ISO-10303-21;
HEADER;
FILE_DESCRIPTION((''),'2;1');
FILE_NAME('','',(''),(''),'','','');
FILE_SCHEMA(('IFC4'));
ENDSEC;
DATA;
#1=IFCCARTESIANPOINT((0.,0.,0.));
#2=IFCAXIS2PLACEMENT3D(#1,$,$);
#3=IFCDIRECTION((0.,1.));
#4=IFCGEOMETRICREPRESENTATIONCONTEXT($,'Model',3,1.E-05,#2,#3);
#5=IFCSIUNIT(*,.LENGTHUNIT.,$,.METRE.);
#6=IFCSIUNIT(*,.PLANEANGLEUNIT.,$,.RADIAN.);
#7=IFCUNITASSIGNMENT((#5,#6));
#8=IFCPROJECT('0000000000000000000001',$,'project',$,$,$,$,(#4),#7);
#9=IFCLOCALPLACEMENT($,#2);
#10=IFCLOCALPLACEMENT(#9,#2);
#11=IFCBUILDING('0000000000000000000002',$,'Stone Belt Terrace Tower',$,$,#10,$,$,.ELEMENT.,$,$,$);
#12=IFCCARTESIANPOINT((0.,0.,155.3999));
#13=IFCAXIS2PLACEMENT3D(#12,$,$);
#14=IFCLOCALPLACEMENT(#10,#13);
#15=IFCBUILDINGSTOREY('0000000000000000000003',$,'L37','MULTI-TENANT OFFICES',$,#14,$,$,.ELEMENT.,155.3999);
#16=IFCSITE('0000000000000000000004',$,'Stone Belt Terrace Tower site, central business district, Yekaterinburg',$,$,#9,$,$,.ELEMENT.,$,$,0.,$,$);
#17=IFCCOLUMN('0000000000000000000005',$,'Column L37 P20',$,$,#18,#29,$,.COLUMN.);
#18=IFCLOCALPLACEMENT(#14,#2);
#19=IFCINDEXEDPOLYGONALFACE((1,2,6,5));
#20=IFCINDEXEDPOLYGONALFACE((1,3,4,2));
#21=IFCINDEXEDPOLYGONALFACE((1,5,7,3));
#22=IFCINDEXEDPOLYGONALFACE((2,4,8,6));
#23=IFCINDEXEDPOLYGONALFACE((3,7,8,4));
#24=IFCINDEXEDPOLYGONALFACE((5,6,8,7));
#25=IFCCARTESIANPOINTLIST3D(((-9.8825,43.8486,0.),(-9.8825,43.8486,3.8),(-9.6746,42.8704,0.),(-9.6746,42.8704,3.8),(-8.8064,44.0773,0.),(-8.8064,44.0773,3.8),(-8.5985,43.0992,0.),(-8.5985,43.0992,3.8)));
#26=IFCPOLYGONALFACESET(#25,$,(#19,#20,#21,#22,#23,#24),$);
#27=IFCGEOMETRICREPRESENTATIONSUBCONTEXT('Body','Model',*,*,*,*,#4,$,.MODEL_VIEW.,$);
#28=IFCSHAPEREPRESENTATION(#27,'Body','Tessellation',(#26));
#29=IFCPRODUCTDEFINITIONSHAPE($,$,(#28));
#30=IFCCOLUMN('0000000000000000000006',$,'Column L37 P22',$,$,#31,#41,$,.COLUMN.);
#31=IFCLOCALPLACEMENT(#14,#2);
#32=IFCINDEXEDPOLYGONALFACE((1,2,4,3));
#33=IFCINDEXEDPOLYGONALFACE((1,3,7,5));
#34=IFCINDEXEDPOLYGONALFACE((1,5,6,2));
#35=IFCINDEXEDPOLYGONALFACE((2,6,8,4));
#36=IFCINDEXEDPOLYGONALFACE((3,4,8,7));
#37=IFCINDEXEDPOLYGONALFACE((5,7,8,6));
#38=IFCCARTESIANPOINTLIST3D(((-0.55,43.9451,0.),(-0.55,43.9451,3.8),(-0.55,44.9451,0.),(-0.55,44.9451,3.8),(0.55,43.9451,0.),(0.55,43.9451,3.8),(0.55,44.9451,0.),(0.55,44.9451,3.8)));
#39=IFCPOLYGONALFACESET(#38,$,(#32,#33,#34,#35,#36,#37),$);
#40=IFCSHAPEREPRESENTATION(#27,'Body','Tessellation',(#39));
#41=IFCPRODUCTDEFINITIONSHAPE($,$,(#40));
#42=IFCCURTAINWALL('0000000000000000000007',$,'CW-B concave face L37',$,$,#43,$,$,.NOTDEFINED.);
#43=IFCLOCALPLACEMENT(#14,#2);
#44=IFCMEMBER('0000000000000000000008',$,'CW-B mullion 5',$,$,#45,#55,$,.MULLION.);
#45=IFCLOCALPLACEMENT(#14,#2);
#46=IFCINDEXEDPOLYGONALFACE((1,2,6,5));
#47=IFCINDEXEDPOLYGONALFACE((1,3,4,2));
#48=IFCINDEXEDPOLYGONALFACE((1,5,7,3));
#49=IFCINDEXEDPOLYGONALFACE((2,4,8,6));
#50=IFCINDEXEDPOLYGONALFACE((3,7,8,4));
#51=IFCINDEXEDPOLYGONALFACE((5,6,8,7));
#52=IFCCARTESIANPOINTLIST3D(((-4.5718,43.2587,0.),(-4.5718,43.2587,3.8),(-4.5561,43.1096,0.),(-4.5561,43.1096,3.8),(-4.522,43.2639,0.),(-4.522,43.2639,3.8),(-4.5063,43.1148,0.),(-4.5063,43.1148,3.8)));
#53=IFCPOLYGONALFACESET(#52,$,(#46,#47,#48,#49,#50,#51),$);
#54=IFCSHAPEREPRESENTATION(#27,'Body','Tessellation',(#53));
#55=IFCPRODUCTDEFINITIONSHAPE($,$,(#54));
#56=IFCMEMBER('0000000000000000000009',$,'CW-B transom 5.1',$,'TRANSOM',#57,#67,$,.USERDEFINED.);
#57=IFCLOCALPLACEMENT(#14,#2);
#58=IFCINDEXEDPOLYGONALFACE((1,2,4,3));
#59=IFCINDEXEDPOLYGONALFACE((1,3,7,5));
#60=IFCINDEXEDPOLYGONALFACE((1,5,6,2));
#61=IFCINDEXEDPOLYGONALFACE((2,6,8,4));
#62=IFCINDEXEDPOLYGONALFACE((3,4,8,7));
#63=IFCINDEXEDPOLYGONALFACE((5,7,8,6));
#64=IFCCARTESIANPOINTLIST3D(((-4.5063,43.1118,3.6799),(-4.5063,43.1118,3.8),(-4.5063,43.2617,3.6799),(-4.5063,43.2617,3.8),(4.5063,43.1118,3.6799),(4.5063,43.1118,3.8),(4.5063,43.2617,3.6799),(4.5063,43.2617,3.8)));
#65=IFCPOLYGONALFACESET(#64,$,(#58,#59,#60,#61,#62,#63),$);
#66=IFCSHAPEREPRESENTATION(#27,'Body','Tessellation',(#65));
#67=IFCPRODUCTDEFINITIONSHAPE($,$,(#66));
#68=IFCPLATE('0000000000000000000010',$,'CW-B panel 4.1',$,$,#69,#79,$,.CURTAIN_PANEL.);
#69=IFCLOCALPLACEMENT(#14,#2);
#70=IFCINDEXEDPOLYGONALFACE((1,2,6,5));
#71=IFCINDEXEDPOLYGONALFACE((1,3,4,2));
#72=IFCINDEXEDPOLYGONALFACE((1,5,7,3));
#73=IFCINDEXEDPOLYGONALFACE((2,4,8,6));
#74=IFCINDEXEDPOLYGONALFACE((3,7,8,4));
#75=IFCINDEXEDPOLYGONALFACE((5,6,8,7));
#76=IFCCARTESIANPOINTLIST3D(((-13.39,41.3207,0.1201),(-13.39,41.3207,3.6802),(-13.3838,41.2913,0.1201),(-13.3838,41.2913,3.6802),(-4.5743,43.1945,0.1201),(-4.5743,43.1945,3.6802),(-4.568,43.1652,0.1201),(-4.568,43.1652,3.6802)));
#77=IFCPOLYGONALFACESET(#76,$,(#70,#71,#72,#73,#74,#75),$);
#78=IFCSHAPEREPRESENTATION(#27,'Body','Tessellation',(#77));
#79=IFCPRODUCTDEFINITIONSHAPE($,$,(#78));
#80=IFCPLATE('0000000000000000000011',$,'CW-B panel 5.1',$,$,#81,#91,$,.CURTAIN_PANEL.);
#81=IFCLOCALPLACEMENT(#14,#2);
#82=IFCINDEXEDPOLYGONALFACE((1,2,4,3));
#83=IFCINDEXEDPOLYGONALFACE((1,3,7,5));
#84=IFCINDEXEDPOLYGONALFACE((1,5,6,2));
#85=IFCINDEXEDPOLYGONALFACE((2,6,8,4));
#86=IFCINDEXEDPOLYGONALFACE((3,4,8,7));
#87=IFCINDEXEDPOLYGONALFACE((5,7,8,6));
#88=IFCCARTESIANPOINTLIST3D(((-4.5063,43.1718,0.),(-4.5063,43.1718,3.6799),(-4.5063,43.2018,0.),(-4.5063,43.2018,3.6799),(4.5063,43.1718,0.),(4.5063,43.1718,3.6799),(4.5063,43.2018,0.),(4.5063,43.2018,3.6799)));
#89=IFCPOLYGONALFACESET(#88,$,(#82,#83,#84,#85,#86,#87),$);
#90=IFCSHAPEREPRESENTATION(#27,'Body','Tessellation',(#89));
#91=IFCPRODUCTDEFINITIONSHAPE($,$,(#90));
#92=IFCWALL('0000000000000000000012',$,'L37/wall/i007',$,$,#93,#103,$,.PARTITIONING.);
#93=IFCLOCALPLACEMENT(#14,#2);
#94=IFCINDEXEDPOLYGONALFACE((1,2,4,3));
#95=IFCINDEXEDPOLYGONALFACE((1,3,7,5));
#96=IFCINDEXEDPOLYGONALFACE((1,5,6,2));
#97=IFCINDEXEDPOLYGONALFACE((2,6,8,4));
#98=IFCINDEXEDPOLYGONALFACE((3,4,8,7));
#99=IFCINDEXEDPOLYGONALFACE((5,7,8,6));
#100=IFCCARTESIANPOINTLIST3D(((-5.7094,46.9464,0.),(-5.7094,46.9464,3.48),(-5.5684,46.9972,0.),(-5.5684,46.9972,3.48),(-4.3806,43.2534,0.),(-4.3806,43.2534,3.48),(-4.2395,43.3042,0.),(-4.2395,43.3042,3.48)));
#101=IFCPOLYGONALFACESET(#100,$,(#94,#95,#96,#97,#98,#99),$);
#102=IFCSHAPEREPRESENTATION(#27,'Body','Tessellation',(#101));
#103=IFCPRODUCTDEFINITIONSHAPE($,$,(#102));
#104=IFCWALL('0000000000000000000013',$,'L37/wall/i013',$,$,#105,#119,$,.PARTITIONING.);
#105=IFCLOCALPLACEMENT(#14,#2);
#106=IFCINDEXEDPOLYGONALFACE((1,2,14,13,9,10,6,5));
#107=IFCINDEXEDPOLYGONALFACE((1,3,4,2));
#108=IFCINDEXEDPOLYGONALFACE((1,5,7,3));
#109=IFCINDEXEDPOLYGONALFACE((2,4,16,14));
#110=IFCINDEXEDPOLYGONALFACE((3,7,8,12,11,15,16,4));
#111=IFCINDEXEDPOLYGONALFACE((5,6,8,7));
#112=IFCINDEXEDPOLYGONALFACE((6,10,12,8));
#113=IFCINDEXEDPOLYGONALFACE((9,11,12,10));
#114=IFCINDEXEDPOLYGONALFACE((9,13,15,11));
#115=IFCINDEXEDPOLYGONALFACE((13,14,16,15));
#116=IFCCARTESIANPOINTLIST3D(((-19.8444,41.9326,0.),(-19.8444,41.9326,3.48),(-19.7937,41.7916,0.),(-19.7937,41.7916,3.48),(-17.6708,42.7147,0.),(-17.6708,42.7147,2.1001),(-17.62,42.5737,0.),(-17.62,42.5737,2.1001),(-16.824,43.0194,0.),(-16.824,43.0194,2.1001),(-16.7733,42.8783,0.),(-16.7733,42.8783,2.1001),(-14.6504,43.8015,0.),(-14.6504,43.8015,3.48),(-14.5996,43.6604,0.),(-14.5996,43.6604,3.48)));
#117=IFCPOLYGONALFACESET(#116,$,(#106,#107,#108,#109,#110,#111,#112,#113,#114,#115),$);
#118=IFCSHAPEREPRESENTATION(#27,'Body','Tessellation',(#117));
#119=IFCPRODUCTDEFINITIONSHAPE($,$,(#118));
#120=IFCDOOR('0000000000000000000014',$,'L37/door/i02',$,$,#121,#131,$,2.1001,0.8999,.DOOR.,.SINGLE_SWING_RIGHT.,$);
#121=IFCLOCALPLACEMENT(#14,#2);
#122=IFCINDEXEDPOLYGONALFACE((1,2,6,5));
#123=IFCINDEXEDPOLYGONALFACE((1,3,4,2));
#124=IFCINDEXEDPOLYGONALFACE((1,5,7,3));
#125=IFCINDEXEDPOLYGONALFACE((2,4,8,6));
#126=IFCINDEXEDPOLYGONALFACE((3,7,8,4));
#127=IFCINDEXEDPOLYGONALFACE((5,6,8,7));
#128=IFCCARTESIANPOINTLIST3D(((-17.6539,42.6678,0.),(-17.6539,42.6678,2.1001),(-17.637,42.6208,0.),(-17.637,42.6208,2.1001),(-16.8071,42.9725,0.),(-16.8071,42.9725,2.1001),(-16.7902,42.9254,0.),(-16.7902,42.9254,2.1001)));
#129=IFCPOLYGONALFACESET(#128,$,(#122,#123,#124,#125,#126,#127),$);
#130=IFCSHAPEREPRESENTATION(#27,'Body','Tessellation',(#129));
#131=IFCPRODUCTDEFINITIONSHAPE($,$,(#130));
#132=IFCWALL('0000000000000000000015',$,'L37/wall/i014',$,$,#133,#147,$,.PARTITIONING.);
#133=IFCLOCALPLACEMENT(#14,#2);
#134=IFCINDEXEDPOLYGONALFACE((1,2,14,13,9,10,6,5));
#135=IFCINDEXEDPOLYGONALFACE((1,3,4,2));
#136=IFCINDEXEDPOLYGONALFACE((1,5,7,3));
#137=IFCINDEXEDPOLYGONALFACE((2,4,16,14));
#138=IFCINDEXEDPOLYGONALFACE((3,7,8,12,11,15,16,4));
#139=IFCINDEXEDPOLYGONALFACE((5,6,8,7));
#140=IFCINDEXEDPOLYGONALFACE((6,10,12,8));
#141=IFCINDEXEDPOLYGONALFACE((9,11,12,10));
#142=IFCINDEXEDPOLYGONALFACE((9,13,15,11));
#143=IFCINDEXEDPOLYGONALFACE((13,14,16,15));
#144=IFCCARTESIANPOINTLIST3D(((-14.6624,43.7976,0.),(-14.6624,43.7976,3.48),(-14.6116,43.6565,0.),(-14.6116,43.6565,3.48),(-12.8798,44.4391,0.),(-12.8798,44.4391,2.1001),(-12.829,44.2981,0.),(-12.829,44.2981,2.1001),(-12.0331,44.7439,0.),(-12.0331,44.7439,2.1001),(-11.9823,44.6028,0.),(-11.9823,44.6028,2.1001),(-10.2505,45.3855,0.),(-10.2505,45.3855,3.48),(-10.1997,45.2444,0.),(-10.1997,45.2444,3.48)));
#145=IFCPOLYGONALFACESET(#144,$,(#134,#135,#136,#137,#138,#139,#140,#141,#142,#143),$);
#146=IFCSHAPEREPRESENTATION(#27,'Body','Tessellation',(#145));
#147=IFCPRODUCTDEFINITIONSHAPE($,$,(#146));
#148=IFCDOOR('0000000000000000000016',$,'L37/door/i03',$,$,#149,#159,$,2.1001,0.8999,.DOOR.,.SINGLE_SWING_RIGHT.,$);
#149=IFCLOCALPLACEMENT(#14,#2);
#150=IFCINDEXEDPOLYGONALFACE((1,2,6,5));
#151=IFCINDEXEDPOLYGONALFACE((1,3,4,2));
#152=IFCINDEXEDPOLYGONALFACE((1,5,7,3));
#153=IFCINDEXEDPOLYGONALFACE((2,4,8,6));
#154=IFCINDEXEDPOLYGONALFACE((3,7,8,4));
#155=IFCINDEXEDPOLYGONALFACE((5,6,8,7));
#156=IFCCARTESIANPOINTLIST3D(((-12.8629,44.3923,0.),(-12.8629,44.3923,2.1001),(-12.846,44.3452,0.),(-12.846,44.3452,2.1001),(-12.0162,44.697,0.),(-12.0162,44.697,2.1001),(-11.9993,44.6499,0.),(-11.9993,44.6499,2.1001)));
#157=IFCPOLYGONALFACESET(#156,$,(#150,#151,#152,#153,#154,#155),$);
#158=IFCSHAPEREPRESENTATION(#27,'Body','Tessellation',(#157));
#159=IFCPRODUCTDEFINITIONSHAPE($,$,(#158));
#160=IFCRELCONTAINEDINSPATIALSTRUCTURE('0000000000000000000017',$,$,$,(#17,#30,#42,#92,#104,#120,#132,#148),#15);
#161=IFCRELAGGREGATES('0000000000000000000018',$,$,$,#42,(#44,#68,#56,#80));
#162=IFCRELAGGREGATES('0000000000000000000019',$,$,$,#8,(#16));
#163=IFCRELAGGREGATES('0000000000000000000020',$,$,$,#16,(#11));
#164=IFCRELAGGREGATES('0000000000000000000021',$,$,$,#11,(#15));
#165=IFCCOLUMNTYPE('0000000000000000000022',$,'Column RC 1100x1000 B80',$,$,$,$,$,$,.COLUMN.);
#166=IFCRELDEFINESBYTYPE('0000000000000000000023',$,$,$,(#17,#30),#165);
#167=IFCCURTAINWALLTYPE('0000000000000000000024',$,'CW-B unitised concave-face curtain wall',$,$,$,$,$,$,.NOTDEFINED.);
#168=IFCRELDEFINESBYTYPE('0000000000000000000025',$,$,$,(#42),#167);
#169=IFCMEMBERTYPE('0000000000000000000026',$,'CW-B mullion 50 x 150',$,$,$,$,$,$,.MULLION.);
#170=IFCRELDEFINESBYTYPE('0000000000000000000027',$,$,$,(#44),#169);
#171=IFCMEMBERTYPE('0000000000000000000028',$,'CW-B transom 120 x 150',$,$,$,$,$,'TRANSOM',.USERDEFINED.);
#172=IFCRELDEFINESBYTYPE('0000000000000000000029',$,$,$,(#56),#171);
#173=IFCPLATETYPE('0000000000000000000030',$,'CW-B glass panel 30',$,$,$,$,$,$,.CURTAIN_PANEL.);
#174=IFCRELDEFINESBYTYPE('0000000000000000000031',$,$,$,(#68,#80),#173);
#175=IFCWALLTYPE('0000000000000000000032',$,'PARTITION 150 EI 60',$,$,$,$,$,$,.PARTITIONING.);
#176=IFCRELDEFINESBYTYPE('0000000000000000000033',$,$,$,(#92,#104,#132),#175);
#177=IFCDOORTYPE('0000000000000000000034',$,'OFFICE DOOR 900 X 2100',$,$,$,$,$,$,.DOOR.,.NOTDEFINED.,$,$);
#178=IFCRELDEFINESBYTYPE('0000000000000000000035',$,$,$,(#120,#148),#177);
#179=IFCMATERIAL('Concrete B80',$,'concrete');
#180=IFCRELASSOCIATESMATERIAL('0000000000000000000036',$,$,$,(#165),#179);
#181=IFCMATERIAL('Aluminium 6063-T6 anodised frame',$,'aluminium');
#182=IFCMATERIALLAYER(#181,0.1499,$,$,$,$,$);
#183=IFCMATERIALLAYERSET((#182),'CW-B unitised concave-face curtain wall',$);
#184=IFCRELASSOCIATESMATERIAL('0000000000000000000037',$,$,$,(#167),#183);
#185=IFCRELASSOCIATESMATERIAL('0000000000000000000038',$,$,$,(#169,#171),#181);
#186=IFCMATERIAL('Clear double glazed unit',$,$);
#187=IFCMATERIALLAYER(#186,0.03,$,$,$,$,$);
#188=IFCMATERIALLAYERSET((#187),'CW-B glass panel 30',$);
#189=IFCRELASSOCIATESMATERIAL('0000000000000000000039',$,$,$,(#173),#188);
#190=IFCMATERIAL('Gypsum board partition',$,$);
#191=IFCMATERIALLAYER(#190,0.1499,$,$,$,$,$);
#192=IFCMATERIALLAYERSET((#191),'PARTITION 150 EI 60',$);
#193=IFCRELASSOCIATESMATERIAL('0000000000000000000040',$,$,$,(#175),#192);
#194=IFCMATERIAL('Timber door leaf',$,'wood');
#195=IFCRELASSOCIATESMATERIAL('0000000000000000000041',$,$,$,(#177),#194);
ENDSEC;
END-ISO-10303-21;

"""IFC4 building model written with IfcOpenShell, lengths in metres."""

from ifc_helpers import new_model, si_unit, direction, frame, frame_2d, origin, origin_2d, place, context, subcontext, project, spatial, rectangle, extrude, material, layer, layer_set, material_profile, profile_set, type_object, element, fill, aggregate, save


model = new_model("IFC4")

# Units and contexts
model_context = context("Model", 3, precision=1e-05, world=origin(), true_north=direction((0.0, 1.0)))
body_context = subcontext(model_context, "Body", "Model", "MODEL_VIEW")
ifc_project = project(units=[si_unit("LENGTHUNIT", "METRE"), si_unit("PLANEANGLEUNIT", "RADIAN")], contexts=[model_context])

# Site, building, storey
site_placement = place(None, origin())
site = spatial("IfcSite", under=ifc_project, at=site_placement, Name="Stone Belt Terrace Tower site, central business district, Yekaterinburg", CompositionType="ELEMENT", RefElevation=0.0)
building_placement = place(site_placement, origin())
building = spatial("IfcBuilding", under=site, at=building_placement, Name="Stone Belt Terrace Tower", CompositionType="ELEMENT")
storey_placement = place(building_placement, frame((0.0, 0.0, 155.3999)))
storey = spatial("IfcBuildingStorey", under=building, at=storey_placement, Name="L37", Description="MULTI-TENANT OFFICES", CompositionType="ELEMENT", Elevation=155.3999)

# Columns
ifc_material_1 = material(Name="Concrete B80", Category="concrete")
ifc_material_profile_1 = material_profile(ifc_material_1, rectangle(XDim=1.1001, YDim=1.0, at=origin_2d()), Name="RC 1100x1000")
ifc_profile_set_1 = profile_set([ifc_material_profile_1], Name="Concrete B80")
column_type = type_object("IfcColumnType", Name="Column RC 1100x1000 B80", PredefinedType="COLUMN", material=ifc_profile_set_1)
for number, where, z_axis, x_axis, name in (
    (1, (-9.2405, 43.4739, 0.0), (0.0, 0.0, 1.0), (0.978148, 0.207912, 0.0), "Column L37 P20"),
    (2, (0.0, 44.4451, 0.0), (0.0, 0.0, 1.0), (1.0, 0.0, 0.0), "Column L37 P22"),
):
    element("IfcColumn", number, at=place(storey_placement, frame(where, z_axis=z_axis, x_axis=x_axis)), inside=storey, type_object=column_type, Name=name, PredefinedType="COLUMN", context=body_context, shape_type="SweptSolid", body=[
        extrude(rectangle(XDim=1.1001, YDim=1.0, at=origin_2d()), origin(), (0.0, 0.0, 1.0), 3.8),
    ])

# Curtain wall, members, plates
ifc_material_2 = material(Name="Aluminium 6063-T6 anodised frame", Category="aluminium")
ifc_layer_1 = layer(ifc_material_2, 0.1499)
ifc_layer_set_1 = layer_set([ifc_layer_1], Name="CW-B unitised concave-face curtain wall")
curtain_wall_type = type_object("IfcCurtainWallType", Name="CW-B unitised concave-face curtain wall", PredefinedType="NOTDEFINED", material=ifc_layer_set_1)
curtain_wall_placement = place(storey_placement, origin())
curtain_wall = element("IfcCurtainWall", 3, at=curtain_wall_placement, inside=storey, type_object=curtain_wall_type, Name="CW-B concave face L37", PredefinedType="NOTDEFINED")
ifc_material_profile_2 = material_profile(ifc_material_2, rectangle(XDim=0.1499, YDim=0.05, at=origin_2d()), Name="Aluminium 6063-T6 50x150")
ifc_profile_set_2 = profile_set([ifc_material_profile_2], Name="Aluminium 6063-T6 anodised frame")
member_type_1 = type_object("IfcMemberType", Name="CW-B mullion 50 x 150", PredefinedType="MULLION", material=ifc_profile_set_2)
member_1_placement = place(storey_placement, frame((-4.5391, 43.1868, 0.0), z_axis=(0.0, 0.0, 1.0), x_axis=(-0.104528, 0.994522, 0.0)))
member_1 = element("IfcMember", 4, at=member_1_placement, type_object=member_type_1, Name="CW-B mullion 5", PredefinedType="MULLION", context=body_context, shape_type="SweptSolid", body=[
    extrude(rectangle(XDim=0.1499, YDim=0.05, at=origin_2d()), origin(), (0.0, 0.0, 1.0), 3.8),
])
ifc_material_profile_3 = material_profile(ifc_material_2, rectangle(XDim=0.1499, YDim=0.1201, at=origin_2d()), Name="Aluminium 6063-T6 150x120")
ifc_profile_set_3 = profile_set([ifc_material_profile_3], Name="Aluminium 6063-T6 anodised frame")
member_type_2 = type_object("IfcMemberType", Name="CW-B transom 120 x 150", ElementType="TRANSOM", PredefinedType="USERDEFINED", material=ifc_profile_set_3)
member_2_placement = place(storey_placement, frame((-4.5063, 43.1868, 3.74), z_axis=(1.0, 0.0, 0.0), x_axis=(0.0, 1.0, 0.0)))
member_2 = element("IfcMember", 5, at=member_2_placement, type_object=member_type_2, Name="CW-B transom 5.1", ObjectType="TRANSOM", PredefinedType="USERDEFINED", context=body_context, shape_type="SweptSolid", body=[
    extrude(rectangle(XDim=0.1499, YDim=0.1201, at=origin_2d()), origin(), (0.0, 0.0, 1.0), 9.0127),
])
ifc_material_3 = material(Name="Clear double glazed unit")
ifc_layer_2 = layer(ifc_material_3, 0.03)
ifc_layer_set_2 = layer_set([ifc_layer_2], Name="CW-B glass panel 30")
plate_type = type_object("IfcPlateType", Name="CW-B glass panel 30", PredefinedType="CURTAIN_PANEL", material=ifc_layer_set_2)
plate_1_placement = place(storey_placement, frame((-8.979, 42.2429, 0.1201), z_axis=(0.0, 0.0, 1.0), x_axis=(0.978148, 0.207912, 0.0)))
plate_1 = element("IfcPlate", 6, at=plate_1_placement, type_object=plate_type, Name="CW-B panel 4.1", PredefinedType="CURTAIN_PANEL", context=body_context, shape_type="SweptSolid", body=[
    extrude(rectangle(XDim=9.0127, YDim=0.03, at=origin_2d()), origin(), (0.0, 0.0, 1.0), 3.5601),
])
plate_2_placement = place(storey_placement, frame((0.0, 43.1868, 0.0), z_axis=(0.0, 0.0, 1.0), x_axis=(1.0, 0.0, 0.0)))
plate_2 = element("IfcPlate", 7, at=plate_2_placement, type_object=plate_type, Name="CW-B panel 5.1", PredefinedType="CURTAIN_PANEL", context=body_context, shape_type="SweptSolid", body=[
    extrude(rectangle(XDim=9.0127, YDim=0.03, at=origin_2d()), origin(), (0.0, 0.0, 1.0), 3.6799),
])
aggregate(curtain_wall, [member_1, plate_1, member_2, plate_2])

# Wall
ifc_material_4 = material(Name="Gypsum board partition")
ifc_layer_3 = layer(ifc_material_4, 0.1499)
ifc_layer_set_3 = layer_set([ifc_layer_3], Name="PARTITION 150 EI 60")
wall_type = type_object("IfcWallType", Name="PARTITION 150 EI 60", PredefinedType="PARTITIONING", material=ifc_layer_set_3)
wall_1_placement = place(storey_placement, frame((-4.3101, 43.2788, 0.0), z_axis=(0.0, 0.0, 1.0), x_axis=(-0.33857, 0.940941, 0.0)))
element("IfcWall", 8, at=wall_1_placement, inside=storey, type_object=wall_type, Name="L37/wall/i007", PredefinedType="PARTITIONING", context=body_context, shape_type="SweptSolid", body=[
    extrude(rectangle(XDim=3.9248, YDim=0.1499, at=frame_2d((1.9624, 0.0))), origin(), (0.0, 0.0, 1.0), 3.48),
])

# Walls, openings, doors
wall_2_placement = place(storey_placement, frame((-14.625, 43.731, 0.0), z_axis=(0.0, 0.0, 1.0), x_axis=(-0.940944, -0.338563, 0.0)))
wall_2 = element("IfcWall", 9, at=wall_2_placement, inside=storey, type_object=wall_type, Name="L37/wall/i013", PredefinedType="PARTITIONING", context=body_context, shape_type="SweptSolid", body=[
    extrude(rectangle(XDim=5.52, YDim=0.1499, at=frame_2d((2.76, 0.0))), origin(), (0.0, 0.0, 1.0), 3.48),
])
opening_1_placement = place(wall_2_placement, frame((2.3101, 0.0, 0.0)))
opening_1 = element("IfcOpeningElement", 10, at=opening_1_placement, cuts=wall_2, PredefinedType="OPENING", context=body_context, shape_type="SweptSolid", body=[
    extrude(rectangle(XDim=0.8999, YDim=2.1001, at=frame_2d((0.45, 1.05))), frame((0.0, 0.085, 0.0), z_axis=(0.0, -1.0, 0.0), x_axis=(1.0, 0.0, 0.0)), (0.0, 0.0, 1.0), 0.1699),
])
ifc_material_5 = material(Name="Timber door leaf", Category="wood")
door_type = type_object("IfcDoorType", Name="OFFICE DOOR 900 X 2100", OperationType="NOTDEFINED", PredefinedType="DOOR", material=ifc_material_5)
door_1_placement = place(opening_1_placement, origin())
door_1 = element("IfcDoor", 11, at=door_1_placement, inside=storey, type_object=door_type, Name="L37/door/i02", OperationType="SINGLE_SWING_RIGHT", OverallHeight=2.1001, OverallWidth=0.8999, PredefinedType="DOOR", context=body_context, shape_type="SweptSolid", body=[
    extrude(rectangle(XDim=0.8999, YDim=2.1001, at=frame_2d((0.45, 1.05))), frame((0.0, 0.0249, 0.0), z_axis=(0.0, -1.0, 0.0), x_axis=(1.0, 0.0, 0.0)), (0.0, 0.0, 1.0), 0.05),
])
fill(opening_1, door_1)
wall_3_placement = place(storey_placement, frame((-10.2251, 45.3149, 0.0), z_axis=(0.0, 0.0, 1.0), x_axis=(-0.940913, -0.338648, 0.0)))
wall_3 = element("IfcWall", 12, at=wall_3_placement, inside=storey, type_object=wall_type, Name="L37/wall/i014", PredefinedType="PARTITIONING", context=body_context, shape_type="SweptSolid", body=[
    extrude(rectangle(XDim=4.689, YDim=0.1499, at=frame_2d((2.3445, 0.0))), origin(), (0.0, 0.0, 1.0), 3.48),
])
opening_2_placement = place(wall_3_placement, frame((1.8945, 0.0, 0.0)))
opening_2 = element("IfcOpeningElement", 13, at=opening_2_placement, cuts=wall_3, PredefinedType="OPENING", context=body_context, shape_type="SweptSolid", body=[
    extrude(rectangle(XDim=0.8999, YDim=2.1001, at=frame_2d((0.45, 1.05))), frame((0.0, 0.085, 0.0), z_axis=(0.0, -1.0, 0.0), x_axis=(1.0, 0.0, 0.0)), (0.0, 0.0, 1.0), 0.1699),
])
door_2_placement = place(opening_2_placement, origin())
door_2 = element("IfcDoor", 14, at=door_2_placement, inside=storey, type_object=door_type, Name="L37/door/i03", OperationType="SINGLE_SWING_RIGHT", OverallHeight=2.1001, OverallWidth=0.8999, PredefinedType="DOOR", context=body_context, shape_type="SweptSolid", body=[
    extrude(rectangle(XDim=0.8999, YDim=2.1001, at=frame_2d((0.45, 1.05))), frame((0.0, 0.0249, 0.0), z_axis=(0.0, -1.0, 0.0), x_axis=(1.0, 0.0, 0.0)), (0.0, 0.0, 1.0), 0.05),
])
fill(opening_2, door_2)

save(model, "model.ifc")
